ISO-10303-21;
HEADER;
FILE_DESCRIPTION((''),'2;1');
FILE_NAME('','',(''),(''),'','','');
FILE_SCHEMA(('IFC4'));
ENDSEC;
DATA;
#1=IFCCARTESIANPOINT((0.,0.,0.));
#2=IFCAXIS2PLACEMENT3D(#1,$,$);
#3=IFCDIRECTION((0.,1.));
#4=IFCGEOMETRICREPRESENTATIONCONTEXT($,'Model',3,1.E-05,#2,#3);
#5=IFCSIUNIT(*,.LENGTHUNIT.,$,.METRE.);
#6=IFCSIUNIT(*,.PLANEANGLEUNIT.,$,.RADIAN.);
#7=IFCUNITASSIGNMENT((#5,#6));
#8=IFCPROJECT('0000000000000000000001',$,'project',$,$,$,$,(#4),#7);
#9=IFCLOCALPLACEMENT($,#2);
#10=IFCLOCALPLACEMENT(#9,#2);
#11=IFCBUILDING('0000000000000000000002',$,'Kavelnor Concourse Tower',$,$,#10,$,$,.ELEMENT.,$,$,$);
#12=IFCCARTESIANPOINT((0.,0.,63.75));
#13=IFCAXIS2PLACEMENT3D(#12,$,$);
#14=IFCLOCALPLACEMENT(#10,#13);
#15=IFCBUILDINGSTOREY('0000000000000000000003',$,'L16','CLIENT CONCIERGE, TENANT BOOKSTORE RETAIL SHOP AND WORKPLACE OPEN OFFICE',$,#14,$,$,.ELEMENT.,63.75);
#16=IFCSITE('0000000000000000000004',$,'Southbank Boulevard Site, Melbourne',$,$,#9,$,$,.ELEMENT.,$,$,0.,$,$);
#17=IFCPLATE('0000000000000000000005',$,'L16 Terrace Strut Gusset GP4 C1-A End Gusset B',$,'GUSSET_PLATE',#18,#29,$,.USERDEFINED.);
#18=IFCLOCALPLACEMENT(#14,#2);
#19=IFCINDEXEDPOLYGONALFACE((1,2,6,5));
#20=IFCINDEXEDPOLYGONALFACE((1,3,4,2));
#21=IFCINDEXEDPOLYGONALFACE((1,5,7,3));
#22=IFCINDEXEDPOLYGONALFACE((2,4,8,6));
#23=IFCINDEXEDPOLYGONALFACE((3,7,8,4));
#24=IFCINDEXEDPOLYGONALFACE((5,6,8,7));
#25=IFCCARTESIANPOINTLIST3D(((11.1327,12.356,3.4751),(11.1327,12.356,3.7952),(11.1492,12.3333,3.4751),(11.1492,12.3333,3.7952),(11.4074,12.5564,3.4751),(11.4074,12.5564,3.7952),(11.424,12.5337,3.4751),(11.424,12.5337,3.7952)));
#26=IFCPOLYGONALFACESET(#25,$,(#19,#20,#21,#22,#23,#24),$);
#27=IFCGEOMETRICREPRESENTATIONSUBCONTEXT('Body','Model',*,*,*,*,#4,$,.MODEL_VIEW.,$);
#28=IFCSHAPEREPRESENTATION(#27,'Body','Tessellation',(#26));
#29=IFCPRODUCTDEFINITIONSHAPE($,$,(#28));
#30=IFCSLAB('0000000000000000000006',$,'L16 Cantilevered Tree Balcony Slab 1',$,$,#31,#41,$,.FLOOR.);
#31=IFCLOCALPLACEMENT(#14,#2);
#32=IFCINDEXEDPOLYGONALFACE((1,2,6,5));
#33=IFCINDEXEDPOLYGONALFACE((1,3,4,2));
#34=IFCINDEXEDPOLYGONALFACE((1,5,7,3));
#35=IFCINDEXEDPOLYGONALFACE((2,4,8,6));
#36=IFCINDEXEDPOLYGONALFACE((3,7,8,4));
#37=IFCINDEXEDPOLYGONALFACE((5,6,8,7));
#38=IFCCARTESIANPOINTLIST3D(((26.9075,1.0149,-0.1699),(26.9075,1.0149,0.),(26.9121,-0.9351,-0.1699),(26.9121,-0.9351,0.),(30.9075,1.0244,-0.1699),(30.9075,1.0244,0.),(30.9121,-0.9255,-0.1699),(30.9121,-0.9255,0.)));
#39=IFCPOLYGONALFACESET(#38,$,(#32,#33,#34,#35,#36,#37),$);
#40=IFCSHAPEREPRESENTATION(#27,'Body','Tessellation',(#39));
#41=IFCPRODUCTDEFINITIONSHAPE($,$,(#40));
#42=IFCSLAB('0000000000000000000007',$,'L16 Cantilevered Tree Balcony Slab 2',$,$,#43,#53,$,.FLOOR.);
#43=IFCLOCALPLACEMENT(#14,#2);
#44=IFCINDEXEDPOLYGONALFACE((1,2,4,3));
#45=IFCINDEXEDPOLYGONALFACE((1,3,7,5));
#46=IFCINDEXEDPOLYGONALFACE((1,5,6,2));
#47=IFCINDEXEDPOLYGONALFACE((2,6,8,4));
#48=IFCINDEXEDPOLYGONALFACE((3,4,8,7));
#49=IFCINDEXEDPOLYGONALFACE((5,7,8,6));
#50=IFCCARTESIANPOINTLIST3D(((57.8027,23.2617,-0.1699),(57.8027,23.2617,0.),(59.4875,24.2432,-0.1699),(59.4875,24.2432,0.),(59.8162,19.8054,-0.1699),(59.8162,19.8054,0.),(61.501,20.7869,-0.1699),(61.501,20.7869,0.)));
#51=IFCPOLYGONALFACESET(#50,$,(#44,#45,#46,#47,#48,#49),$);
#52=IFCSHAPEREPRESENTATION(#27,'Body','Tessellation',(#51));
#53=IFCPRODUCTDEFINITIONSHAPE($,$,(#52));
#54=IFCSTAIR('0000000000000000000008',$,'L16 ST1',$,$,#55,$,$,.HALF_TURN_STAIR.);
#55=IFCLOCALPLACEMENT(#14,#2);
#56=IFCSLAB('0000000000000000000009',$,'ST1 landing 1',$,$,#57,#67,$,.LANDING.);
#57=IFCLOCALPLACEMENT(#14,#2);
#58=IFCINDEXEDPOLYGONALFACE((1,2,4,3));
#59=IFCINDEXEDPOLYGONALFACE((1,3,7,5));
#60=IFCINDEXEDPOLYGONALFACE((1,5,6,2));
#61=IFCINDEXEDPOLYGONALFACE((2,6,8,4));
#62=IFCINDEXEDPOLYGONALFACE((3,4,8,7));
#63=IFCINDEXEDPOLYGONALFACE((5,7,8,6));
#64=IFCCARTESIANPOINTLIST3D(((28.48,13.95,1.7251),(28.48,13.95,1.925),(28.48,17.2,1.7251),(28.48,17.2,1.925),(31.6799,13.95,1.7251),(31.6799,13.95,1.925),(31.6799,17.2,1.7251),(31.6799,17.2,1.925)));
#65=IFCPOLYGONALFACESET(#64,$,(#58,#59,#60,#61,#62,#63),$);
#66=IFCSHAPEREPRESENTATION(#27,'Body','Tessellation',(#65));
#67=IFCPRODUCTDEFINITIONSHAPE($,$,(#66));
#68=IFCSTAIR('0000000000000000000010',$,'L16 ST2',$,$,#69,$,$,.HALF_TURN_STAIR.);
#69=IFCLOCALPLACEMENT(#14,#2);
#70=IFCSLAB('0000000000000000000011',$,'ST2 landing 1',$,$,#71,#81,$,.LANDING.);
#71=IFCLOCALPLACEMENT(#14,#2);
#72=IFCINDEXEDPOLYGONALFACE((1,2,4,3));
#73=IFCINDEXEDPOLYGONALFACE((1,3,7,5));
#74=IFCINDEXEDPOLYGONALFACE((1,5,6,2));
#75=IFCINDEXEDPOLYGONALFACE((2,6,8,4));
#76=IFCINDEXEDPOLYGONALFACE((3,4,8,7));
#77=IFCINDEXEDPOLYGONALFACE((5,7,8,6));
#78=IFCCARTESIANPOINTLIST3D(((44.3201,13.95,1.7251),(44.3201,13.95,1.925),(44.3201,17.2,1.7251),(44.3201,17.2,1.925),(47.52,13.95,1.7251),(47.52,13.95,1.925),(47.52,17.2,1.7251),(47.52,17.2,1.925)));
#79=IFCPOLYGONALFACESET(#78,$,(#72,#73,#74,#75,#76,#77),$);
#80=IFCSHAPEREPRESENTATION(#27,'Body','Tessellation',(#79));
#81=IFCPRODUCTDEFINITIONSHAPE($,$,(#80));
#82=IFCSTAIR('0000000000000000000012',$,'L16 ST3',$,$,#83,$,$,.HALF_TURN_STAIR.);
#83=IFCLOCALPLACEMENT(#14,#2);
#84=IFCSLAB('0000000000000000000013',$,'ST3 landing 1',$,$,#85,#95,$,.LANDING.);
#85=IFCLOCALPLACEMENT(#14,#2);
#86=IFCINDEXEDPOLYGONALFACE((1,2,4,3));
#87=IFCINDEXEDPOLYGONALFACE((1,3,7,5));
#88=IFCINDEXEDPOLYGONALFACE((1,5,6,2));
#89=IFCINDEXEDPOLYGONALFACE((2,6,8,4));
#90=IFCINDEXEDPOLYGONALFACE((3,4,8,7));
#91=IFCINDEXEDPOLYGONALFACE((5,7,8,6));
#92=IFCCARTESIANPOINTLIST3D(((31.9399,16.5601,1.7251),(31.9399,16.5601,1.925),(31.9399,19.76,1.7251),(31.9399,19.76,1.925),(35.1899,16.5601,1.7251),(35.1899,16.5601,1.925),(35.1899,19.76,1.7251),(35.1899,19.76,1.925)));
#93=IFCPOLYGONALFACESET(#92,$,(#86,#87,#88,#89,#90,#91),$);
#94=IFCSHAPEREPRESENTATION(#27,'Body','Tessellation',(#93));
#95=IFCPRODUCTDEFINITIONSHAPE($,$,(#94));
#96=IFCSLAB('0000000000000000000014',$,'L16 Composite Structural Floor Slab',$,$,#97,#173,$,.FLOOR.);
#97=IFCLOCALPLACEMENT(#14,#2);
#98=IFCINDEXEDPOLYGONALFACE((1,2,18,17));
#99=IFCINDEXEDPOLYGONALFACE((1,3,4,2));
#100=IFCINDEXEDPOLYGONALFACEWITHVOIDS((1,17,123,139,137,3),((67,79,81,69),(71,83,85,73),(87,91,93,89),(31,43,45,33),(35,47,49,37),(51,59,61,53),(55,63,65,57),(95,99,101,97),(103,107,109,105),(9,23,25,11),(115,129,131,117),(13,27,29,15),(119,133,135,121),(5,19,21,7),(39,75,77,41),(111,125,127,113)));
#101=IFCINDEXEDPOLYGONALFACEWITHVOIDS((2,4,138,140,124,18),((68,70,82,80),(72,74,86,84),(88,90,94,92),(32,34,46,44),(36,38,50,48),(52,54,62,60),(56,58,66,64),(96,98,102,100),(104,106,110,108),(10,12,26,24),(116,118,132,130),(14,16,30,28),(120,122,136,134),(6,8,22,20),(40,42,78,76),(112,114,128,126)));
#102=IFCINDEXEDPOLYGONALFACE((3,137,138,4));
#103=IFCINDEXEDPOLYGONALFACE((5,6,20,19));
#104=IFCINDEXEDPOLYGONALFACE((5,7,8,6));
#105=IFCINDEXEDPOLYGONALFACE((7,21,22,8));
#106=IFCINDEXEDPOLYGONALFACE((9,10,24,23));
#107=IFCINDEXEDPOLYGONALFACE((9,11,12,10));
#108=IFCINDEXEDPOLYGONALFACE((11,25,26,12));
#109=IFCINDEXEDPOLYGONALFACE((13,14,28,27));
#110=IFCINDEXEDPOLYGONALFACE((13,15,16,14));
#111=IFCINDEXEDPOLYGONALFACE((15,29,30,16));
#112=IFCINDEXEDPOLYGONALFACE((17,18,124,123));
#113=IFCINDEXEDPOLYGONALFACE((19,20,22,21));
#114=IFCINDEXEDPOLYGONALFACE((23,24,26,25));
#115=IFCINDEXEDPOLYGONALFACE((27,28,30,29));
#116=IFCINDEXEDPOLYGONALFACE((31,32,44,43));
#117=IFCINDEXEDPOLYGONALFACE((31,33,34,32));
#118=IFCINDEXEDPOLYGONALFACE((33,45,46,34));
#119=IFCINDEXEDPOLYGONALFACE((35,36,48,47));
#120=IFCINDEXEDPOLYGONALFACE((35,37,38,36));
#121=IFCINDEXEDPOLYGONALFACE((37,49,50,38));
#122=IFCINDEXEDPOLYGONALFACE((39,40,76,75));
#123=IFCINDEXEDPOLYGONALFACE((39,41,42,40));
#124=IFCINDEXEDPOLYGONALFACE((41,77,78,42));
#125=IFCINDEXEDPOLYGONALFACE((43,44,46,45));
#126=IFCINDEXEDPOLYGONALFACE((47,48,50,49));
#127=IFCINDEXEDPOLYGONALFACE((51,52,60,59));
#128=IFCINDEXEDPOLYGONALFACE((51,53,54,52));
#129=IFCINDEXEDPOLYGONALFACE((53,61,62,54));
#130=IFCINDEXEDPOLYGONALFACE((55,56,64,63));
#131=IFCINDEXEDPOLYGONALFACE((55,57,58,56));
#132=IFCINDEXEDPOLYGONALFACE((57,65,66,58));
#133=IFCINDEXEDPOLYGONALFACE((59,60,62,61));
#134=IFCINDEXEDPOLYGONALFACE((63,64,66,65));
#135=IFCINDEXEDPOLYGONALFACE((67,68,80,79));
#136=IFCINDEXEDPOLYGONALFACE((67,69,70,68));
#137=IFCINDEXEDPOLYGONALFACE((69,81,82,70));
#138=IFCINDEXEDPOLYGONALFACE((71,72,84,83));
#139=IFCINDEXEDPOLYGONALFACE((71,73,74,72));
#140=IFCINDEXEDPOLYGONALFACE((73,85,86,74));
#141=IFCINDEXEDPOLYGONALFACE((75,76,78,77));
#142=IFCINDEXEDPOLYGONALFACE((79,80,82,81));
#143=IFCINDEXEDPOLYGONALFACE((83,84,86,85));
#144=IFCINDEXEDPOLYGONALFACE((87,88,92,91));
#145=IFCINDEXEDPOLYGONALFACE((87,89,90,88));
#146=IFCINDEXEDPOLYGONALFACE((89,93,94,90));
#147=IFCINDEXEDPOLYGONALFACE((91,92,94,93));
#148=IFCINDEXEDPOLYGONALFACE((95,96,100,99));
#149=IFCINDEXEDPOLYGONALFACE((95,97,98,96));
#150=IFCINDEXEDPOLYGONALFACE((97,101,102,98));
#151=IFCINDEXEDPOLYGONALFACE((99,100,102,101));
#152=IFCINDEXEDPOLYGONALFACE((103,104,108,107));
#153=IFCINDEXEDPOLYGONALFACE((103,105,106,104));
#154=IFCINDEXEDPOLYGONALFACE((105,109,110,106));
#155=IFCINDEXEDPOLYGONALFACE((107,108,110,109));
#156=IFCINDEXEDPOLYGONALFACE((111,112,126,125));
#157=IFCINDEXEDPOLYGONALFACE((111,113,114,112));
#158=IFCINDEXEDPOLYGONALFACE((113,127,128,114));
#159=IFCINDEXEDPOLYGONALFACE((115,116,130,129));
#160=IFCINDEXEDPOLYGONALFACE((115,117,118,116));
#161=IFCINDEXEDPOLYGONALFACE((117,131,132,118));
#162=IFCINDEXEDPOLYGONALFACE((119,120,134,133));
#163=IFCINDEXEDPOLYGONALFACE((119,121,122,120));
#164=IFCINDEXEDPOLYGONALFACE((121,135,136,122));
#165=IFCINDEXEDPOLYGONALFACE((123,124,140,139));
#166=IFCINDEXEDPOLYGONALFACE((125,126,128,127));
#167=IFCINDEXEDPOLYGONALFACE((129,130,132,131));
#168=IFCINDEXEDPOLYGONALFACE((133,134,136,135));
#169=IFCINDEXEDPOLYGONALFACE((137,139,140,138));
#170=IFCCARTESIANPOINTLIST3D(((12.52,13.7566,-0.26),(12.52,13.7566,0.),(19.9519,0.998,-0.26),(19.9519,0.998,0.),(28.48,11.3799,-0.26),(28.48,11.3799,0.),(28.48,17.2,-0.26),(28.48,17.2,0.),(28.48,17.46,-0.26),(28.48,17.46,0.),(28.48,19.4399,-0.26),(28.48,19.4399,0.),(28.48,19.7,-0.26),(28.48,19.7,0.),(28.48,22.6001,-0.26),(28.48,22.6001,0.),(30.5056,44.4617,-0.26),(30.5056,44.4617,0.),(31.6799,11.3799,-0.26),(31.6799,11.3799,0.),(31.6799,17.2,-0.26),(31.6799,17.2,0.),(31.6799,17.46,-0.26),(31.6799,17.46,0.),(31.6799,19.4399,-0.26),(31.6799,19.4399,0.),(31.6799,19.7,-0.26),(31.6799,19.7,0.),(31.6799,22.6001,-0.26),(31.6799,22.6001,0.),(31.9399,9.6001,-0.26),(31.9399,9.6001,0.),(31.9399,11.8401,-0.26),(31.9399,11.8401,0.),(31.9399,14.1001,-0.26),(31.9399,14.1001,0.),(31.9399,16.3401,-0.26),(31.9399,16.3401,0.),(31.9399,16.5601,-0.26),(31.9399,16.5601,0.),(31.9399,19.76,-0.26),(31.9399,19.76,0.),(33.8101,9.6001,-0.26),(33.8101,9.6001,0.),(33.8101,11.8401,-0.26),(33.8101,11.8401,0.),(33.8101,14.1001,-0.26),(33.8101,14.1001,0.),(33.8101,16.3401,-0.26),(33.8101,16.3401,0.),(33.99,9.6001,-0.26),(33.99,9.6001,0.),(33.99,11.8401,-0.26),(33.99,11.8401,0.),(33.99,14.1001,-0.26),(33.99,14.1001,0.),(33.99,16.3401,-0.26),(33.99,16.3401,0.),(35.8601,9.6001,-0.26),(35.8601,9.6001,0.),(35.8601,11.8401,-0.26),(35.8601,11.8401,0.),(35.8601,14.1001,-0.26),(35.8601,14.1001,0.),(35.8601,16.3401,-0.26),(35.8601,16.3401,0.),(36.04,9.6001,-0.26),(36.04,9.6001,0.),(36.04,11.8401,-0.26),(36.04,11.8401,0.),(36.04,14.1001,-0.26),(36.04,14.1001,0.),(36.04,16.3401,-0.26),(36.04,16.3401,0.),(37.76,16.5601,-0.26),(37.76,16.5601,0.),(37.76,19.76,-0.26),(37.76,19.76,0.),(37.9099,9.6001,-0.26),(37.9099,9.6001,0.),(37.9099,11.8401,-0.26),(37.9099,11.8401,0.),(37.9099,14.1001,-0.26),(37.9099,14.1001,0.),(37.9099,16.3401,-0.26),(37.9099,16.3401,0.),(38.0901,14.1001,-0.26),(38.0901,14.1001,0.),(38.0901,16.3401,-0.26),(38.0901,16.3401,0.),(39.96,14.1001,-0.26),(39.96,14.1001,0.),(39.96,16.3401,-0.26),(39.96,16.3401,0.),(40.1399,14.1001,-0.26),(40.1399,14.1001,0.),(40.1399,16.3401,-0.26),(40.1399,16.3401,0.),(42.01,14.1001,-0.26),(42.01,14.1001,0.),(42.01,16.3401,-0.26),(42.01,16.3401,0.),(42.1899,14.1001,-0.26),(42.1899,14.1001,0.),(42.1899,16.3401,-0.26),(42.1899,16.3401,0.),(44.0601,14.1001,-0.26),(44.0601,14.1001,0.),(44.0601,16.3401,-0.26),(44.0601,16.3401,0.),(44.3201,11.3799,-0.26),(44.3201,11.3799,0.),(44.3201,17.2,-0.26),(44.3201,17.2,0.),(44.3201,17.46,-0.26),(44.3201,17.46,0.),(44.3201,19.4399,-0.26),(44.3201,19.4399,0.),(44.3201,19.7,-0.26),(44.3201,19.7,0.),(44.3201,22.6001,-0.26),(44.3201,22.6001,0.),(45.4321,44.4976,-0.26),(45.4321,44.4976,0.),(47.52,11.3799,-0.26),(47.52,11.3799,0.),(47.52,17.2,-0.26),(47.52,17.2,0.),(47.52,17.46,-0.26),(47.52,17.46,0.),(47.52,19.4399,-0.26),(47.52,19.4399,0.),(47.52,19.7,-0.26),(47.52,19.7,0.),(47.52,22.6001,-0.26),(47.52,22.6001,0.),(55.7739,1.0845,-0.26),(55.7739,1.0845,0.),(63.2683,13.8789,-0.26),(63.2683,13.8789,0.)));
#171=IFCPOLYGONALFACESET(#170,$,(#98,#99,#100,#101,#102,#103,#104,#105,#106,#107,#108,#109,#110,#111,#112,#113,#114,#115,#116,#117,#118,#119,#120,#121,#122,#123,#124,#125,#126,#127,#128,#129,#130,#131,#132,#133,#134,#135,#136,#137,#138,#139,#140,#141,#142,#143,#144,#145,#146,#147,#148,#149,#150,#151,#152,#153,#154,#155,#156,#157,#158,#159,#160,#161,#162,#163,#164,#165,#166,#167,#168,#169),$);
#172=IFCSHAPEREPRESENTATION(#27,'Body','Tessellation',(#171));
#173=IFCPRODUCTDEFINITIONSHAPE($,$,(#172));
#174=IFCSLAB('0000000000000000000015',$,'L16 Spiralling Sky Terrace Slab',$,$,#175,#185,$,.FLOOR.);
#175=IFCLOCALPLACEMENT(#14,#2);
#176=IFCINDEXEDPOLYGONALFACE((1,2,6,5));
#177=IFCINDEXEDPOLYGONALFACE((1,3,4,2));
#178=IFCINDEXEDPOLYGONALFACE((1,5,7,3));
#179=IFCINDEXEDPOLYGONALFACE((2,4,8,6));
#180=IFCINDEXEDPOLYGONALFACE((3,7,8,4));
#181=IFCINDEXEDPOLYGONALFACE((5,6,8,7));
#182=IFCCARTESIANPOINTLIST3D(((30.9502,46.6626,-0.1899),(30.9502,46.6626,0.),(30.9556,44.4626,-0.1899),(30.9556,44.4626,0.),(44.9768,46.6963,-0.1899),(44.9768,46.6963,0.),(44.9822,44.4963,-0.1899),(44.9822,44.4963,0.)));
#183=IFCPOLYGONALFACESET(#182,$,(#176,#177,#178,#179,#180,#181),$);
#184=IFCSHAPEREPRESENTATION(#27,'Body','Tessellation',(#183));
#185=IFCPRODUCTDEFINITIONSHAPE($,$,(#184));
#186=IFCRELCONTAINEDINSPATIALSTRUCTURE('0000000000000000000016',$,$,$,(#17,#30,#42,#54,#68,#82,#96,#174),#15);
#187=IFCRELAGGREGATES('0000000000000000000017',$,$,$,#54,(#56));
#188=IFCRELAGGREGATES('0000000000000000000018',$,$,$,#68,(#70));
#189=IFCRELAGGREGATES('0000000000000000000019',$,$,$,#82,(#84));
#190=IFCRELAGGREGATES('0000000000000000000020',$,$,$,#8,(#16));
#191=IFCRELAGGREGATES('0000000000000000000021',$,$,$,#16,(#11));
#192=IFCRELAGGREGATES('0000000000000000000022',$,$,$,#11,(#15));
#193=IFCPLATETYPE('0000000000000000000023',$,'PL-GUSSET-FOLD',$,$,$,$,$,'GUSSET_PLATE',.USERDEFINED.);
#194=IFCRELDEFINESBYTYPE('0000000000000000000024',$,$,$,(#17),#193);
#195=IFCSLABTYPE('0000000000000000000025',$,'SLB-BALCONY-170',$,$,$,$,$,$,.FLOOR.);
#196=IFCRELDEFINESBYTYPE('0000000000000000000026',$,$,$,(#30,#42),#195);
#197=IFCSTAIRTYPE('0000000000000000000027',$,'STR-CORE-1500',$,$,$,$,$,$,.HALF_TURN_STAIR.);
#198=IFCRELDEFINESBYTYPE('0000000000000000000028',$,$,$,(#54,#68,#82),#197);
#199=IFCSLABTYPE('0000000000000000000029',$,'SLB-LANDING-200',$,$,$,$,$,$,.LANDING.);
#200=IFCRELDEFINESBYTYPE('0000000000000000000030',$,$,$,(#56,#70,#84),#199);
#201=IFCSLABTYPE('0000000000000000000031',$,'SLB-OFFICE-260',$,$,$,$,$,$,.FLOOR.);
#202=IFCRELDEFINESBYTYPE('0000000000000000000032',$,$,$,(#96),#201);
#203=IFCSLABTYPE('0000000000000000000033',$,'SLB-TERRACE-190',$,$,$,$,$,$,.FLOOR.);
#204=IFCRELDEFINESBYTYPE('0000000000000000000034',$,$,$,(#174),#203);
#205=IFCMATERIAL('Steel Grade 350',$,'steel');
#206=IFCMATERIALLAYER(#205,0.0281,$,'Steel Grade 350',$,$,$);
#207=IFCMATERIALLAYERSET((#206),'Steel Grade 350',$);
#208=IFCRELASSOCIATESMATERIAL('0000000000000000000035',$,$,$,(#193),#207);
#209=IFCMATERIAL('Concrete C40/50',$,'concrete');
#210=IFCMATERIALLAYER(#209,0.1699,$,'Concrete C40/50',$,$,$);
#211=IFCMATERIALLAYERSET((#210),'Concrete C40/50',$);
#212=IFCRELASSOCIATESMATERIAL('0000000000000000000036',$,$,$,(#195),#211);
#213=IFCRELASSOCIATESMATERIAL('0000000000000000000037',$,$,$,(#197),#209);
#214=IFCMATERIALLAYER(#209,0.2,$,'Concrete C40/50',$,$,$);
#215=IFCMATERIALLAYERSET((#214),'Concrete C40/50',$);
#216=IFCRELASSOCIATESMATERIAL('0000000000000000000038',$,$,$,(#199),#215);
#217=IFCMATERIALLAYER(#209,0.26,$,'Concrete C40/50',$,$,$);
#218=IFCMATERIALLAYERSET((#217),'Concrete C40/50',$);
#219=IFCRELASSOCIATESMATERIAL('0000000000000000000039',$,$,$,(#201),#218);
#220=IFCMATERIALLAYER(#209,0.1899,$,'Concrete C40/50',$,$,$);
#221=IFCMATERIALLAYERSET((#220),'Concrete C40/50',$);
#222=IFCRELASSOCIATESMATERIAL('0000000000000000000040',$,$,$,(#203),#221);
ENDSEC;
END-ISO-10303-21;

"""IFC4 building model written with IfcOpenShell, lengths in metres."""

from ifc_helpers import new_model, si_unit, direction, frame, origin, origin_2d, place, context, subcontext, project, spatial, polyline, rectangle, outline, extrude, material, layer, layer_set, type_object, element, aggregate, save


model = new_model("IFC4")

# Units and contexts
model_context = context("Model", 3, precision=1e-05, world=origin(), true_north=direction((0.0, 1.0)))
body_context = subcontext(model_context, "Body", "Model", "MODEL_VIEW")
ifc_project = project(units=[si_unit("LENGTHUNIT", "METRE"), si_unit("PLANEANGLEUNIT", "RADIAN")], contexts=[model_context])

# Site, building, storey
site_placement = place(None, origin())
site = spatial("IfcSite", under=ifc_project, at=site_placement, Name="Southbank Boulevard Site, Melbourne", CompositionType="ELEMENT", RefElevation=0.0)
building_placement = place(site_placement, origin())
building = spatial("IfcBuilding", under=site, at=building_placement, Name="Kavelnor Concourse Tower", CompositionType="ELEMENT")
storey_placement = place(building_placement, frame((0.0, 0.0, 63.75)))
storey = spatial("IfcBuildingStorey", under=building, at=storey_placement, Name="L16", Description="CLIENT CONCIERGE, TENANT BOOKSTORE RETAIL SHOP AND WORKPLACE OPEN OFFICE", CompositionType="ELEMENT", Elevation=63.75)

# Plate
ifc_material_1 = material(Name="Steel Grade 350", Category="steel")
ifc_layer_1 = layer(ifc_material_1, 0.0281, Name="Steel Grade 350")
ifc_layer_set_1 = layer_set([ifc_layer_1], Name="Steel Grade 350")
plate_type = type_object("IfcPlateType", Name="PL-GUSSET-FOLD", ElementType="GUSSET_PLATE", PredefinedType="USERDEFINED", material=ifc_layer_set_1)
plate_placement = place(storey_placement, frame((11.2783, 12.4448, 3.4751), z_axis=(0.0, 0.0, 1.0), x_axis=(-0.807887, -0.589337, 0.0)))
element("IfcPlate", 1, at=plate_placement, inside=storey, type_object=plate_type, Name="L16 Terrace Strut Gusset GP4 C1-A End Gusset B", ObjectType="GUSSET_PLATE", PredefinedType="USERDEFINED", context=body_context, shape_type="SweptSolid", body=[
    extrude(rectangle(XDim=0.3401, YDim=0.0281, at=origin_2d()), origin(), (0.0, 0.0, 1.0), 0.3201),
])

# Slabs
ifc_material_2 = material(Name="Concrete C40/50", Category="concrete")
ifc_layer_2 = layer(ifc_material_2, 0.1699, Name="Concrete C40/50")
ifc_layer_set_2 = layer_set([ifc_layer_2], Name="Concrete C40/50")
slab_type_1 = type_object("IfcSlabType", Name="SLB-BALCONY-170", PredefinedType="FLOOR", material=ifc_layer_set_2)
slab_1_placement = place(storey_placement, frame((0.0, 0.0, -0.1699)))
element("IfcSlab", 2, at=slab_1_placement, inside=storey, type_object=slab_type_1, Name="L16 Cantilevered Tree Balcony Slab 1", PredefinedType="FLOOR", context=body_context, shape_type="SweptSolid", body=[
    extrude(outline(polyline([(30.9121, -0.9255), (26.9121, -0.9351), (26.9075, 1.0149), (30.9075, 1.0244), (30.9121, -0.9255)])), origin(), (0.0, 0.0, 1.0), 0.1699),
])
slab_2_placement = place(storey_placement, frame((0.0, 0.0, -0.1699)))
element("IfcSlab", 3, at=slab_2_placement, inside=storey, type_object=slab_type_1, Name="L16 Cantilevered Tree Balcony Slab 2", PredefinedType="FLOOR", context=body_context, shape_type="SweptSolid", body=[
    extrude(outline(polyline([(59.4875, 24.2432), (61.501, 20.7869), (59.8162, 19.8054), (57.8027, 23.2617), (59.4875, 24.2432)])), origin(), (0.0, 0.0, 1.0), 0.1699),
])

# Stairs, slabs
stair_type = type_object("IfcStairType", Name="STR-CORE-1500", PredefinedType="HALF_TURN_STAIR", material=ifc_material_2)
stair_1_placement = place(storey_placement, origin())
stair_1 = element("IfcStair", 4, at=stair_1_placement, inside=storey, type_object=stair_type, Name="L16 ST1", PredefinedType="HALF_TURN_STAIR")
ifc_layer_3 = layer(ifc_material_2, 0.2, Name="Concrete C40/50")
ifc_layer_set_3 = layer_set([ifc_layer_3], Name="Concrete C40/50")
slab_type_2 = type_object("IfcSlabType", Name="SLB-LANDING-200", PredefinedType="LANDING", material=ifc_layer_set_3)
slab_3_placement = place(storey_placement, frame((0.0, 0.0, 1.7251)))
slab_3 = element("IfcSlab", 5, at=slab_3_placement, type_object=slab_type_2, Name="ST1 landing 1", PredefinedType="LANDING", context=body_context, shape_type="SweptSolid", body=[
    extrude(outline(polyline([(31.6799, 13.95), (31.6799, 17.2), (28.48, 17.2), (28.48, 13.95), (31.6799, 13.95)])), origin(), (0.0, 0.0, 1.0), 0.2),
])
aggregate(stair_1, [slab_3])
stair_2_placement = place(storey_placement, origin())
stair_2 = element("IfcStair", 6, at=stair_2_placement, inside=storey, type_object=stair_type, Name="L16 ST2", PredefinedType="HALF_TURN_STAIR")
slab_4_placement = place(storey_placement, frame((0.0, 0.0, 1.7251)))
slab_4 = element("IfcSlab", 7, at=slab_4_placement, type_object=slab_type_2, Name="ST2 landing 1", PredefinedType="LANDING", context=body_context, shape_type="SweptSolid", body=[
    extrude(outline(polyline([(47.52, 13.95), (47.52, 17.2), (44.3201, 17.2), (44.3201, 13.95), (47.52, 13.95)])), origin(), (0.0, 0.0, 1.0), 0.2),
])
aggregate(stair_2, [slab_4])
stair_3_placement = place(storey_placement, origin())
stair_3 = element("IfcStair", 8, at=stair_3_placement, inside=storey, type_object=stair_type, Name="L16 ST3", PredefinedType="HALF_TURN_STAIR")
slab_5_placement = place(storey_placement, frame((0.0, 0.0, 1.7251)))
slab_5 = element("IfcSlab", 9, at=slab_5_placement, type_object=slab_type_2, Name="ST3 landing 1", PredefinedType="LANDING", context=body_context, shape_type="SweptSolid", body=[
    extrude(outline(polyline([(35.1899, 19.76), (31.9399, 19.76), (31.9399, 16.5601), (35.1899, 16.5601), (35.1899, 19.76)])), origin(), (0.0, 0.0, 1.0), 0.2),
])
aggregate(stair_3, [slab_5])

# Slabs
ifc_layer_4 = layer(ifc_material_2, 0.26, Name="Concrete C40/50")
ifc_layer_set_4 = layer_set([ifc_layer_4], Name="Concrete C40/50")
slab_type_3 = type_object("IfcSlabType", Name="SLB-OFFICE-260", PredefinedType="FLOOR", material=ifc_layer_set_4)
slab_6_placement = place(storey_placement, frame((0.0, 0.0, -0.26)))
element("IfcSlab", 10, at=slab_6_placement, inside=storey, type_object=slab_type_3, Name="L16 Composite Structural Floor Slab", PredefinedType="FLOOR", context=body_context, shape_type="SweptSolid", body=[
    extrude(outline(polyline([(45.4321, 44.4976), (30.5056, 44.4617), (12.52, 13.7566), (19.9519, 0.998), (55.7739, 1.0845), (63.2683, 13.8789), (45.4321, 44.4976)]), holes=[polyline([(28.48, 11.3799), (31.6799, 11.3799), (31.6799, 17.2), (28.48, 17.2), (28.48, 11.3799)]), polyline([(44.3201, 11.3799), (47.52, 11.3799), (47.52, 17.2), (44.3201, 17.2), (44.3201, 11.3799)]), polyline([(31.9399, 16.5601), (37.76, 16.5601), (37.76, 19.76), (31.9399, 19.76), (31.9399, 16.5601)]), polyline([(28.48, 19.7), (31.6799, 19.7), (31.6799, 22.6001), (28.48, 22.6001), (28.48, 19.7)]), polyline([(44.3201, 19.7), (47.52, 19.7), (47.52, 22.6001), (44.3201, 22.6001), (44.3201, 19.7)]), polyline([(31.9399, 14.1001), (33.8101, 14.1001), (33.8101, 16.3401), (31.9399, 16.3401), (31.9399, 14.1001)]), polyline([(33.99, 14.1001), (35.8601, 14.1001), (35.8601, 16.3401), (33.99, 16.3401), (33.99, 14.1001)]), polyline([(36.04, 14.1001), (37.9099, 14.1001), (37.9099, 16.3401), (36.04, 16.3401), (36.04, 14.1001)]), polyline([(38.0901, 14.1001), (39.96, 14.1001), (39.96, 16.3401), (38.0901, 16.3401), (38.0901, 14.1001)]), polyline([(40.1399, 14.1001), (42.01, 14.1001), (42.01, 16.3401), (40.1399, 16.3401), (40.1399, 14.1001)]), polyline([(42.1899, 14.1001), (44.0601, 14.1001), (44.0601, 16.3401), (42.1899, 16.3401), (42.1899, 14.1001)]), polyline([(31.9399, 9.6001), (33.8101, 9.6001), (33.8101, 11.8401), (31.9399, 11.8401), (31.9399, 9.6001)]), polyline([(33.99, 9.6001), (35.8601, 9.6001), (35.8601, 11.8401), (33.99, 11.8401), (33.99, 9.6001)]), polyline([(36.04, 9.6001), (37.9099, 9.6001), (37.9099, 11.8401), (36.04, 11.8401), (36.04, 9.6001)]), polyline([(28.48, 17.46), (31.6799, 17.46), (31.6799, 19.4399), (28.48, 19.4399), (28.48, 17.46)]), polyline([(44.3201, 17.46), (47.52, 17.46), (47.52, 19.4399), (44.3201, 19.4399), (44.3201, 17.46)])]), origin(), (0.0, 0.0, 1.0), 0.26),
])
ifc_layer_5 = layer(ifc_material_2, 0.1899, Name="Concrete C40/50")
ifc_layer_set_5 = layer_set([ifc_layer_5], Name="Concrete C40/50")
slab_type_4 = type_object("IfcSlabType", Name="SLB-TERRACE-190", PredefinedType="FLOOR", material=ifc_layer_set_5)
slab_7_placement = place(storey_placement, frame((0.0, 0.0, -0.1899)))
element("IfcSlab", 11, at=slab_7_placement, inside=storey, type_object=slab_type_4, Name="L16 Spiralling Sky Terrace Slab", PredefinedType="FLOOR", context=body_context, shape_type="SweptSolid", body=[
    extrude(outline(polyline([(30.9502, 46.6626), (44.9768, 46.6963), (44.9822, 44.4963), (30.9556, 44.4626), (30.9502, 46.6626)])), origin(), (0.0, 0.0, 1.0), 0.1899),
])

save(model, "model.ifc")
